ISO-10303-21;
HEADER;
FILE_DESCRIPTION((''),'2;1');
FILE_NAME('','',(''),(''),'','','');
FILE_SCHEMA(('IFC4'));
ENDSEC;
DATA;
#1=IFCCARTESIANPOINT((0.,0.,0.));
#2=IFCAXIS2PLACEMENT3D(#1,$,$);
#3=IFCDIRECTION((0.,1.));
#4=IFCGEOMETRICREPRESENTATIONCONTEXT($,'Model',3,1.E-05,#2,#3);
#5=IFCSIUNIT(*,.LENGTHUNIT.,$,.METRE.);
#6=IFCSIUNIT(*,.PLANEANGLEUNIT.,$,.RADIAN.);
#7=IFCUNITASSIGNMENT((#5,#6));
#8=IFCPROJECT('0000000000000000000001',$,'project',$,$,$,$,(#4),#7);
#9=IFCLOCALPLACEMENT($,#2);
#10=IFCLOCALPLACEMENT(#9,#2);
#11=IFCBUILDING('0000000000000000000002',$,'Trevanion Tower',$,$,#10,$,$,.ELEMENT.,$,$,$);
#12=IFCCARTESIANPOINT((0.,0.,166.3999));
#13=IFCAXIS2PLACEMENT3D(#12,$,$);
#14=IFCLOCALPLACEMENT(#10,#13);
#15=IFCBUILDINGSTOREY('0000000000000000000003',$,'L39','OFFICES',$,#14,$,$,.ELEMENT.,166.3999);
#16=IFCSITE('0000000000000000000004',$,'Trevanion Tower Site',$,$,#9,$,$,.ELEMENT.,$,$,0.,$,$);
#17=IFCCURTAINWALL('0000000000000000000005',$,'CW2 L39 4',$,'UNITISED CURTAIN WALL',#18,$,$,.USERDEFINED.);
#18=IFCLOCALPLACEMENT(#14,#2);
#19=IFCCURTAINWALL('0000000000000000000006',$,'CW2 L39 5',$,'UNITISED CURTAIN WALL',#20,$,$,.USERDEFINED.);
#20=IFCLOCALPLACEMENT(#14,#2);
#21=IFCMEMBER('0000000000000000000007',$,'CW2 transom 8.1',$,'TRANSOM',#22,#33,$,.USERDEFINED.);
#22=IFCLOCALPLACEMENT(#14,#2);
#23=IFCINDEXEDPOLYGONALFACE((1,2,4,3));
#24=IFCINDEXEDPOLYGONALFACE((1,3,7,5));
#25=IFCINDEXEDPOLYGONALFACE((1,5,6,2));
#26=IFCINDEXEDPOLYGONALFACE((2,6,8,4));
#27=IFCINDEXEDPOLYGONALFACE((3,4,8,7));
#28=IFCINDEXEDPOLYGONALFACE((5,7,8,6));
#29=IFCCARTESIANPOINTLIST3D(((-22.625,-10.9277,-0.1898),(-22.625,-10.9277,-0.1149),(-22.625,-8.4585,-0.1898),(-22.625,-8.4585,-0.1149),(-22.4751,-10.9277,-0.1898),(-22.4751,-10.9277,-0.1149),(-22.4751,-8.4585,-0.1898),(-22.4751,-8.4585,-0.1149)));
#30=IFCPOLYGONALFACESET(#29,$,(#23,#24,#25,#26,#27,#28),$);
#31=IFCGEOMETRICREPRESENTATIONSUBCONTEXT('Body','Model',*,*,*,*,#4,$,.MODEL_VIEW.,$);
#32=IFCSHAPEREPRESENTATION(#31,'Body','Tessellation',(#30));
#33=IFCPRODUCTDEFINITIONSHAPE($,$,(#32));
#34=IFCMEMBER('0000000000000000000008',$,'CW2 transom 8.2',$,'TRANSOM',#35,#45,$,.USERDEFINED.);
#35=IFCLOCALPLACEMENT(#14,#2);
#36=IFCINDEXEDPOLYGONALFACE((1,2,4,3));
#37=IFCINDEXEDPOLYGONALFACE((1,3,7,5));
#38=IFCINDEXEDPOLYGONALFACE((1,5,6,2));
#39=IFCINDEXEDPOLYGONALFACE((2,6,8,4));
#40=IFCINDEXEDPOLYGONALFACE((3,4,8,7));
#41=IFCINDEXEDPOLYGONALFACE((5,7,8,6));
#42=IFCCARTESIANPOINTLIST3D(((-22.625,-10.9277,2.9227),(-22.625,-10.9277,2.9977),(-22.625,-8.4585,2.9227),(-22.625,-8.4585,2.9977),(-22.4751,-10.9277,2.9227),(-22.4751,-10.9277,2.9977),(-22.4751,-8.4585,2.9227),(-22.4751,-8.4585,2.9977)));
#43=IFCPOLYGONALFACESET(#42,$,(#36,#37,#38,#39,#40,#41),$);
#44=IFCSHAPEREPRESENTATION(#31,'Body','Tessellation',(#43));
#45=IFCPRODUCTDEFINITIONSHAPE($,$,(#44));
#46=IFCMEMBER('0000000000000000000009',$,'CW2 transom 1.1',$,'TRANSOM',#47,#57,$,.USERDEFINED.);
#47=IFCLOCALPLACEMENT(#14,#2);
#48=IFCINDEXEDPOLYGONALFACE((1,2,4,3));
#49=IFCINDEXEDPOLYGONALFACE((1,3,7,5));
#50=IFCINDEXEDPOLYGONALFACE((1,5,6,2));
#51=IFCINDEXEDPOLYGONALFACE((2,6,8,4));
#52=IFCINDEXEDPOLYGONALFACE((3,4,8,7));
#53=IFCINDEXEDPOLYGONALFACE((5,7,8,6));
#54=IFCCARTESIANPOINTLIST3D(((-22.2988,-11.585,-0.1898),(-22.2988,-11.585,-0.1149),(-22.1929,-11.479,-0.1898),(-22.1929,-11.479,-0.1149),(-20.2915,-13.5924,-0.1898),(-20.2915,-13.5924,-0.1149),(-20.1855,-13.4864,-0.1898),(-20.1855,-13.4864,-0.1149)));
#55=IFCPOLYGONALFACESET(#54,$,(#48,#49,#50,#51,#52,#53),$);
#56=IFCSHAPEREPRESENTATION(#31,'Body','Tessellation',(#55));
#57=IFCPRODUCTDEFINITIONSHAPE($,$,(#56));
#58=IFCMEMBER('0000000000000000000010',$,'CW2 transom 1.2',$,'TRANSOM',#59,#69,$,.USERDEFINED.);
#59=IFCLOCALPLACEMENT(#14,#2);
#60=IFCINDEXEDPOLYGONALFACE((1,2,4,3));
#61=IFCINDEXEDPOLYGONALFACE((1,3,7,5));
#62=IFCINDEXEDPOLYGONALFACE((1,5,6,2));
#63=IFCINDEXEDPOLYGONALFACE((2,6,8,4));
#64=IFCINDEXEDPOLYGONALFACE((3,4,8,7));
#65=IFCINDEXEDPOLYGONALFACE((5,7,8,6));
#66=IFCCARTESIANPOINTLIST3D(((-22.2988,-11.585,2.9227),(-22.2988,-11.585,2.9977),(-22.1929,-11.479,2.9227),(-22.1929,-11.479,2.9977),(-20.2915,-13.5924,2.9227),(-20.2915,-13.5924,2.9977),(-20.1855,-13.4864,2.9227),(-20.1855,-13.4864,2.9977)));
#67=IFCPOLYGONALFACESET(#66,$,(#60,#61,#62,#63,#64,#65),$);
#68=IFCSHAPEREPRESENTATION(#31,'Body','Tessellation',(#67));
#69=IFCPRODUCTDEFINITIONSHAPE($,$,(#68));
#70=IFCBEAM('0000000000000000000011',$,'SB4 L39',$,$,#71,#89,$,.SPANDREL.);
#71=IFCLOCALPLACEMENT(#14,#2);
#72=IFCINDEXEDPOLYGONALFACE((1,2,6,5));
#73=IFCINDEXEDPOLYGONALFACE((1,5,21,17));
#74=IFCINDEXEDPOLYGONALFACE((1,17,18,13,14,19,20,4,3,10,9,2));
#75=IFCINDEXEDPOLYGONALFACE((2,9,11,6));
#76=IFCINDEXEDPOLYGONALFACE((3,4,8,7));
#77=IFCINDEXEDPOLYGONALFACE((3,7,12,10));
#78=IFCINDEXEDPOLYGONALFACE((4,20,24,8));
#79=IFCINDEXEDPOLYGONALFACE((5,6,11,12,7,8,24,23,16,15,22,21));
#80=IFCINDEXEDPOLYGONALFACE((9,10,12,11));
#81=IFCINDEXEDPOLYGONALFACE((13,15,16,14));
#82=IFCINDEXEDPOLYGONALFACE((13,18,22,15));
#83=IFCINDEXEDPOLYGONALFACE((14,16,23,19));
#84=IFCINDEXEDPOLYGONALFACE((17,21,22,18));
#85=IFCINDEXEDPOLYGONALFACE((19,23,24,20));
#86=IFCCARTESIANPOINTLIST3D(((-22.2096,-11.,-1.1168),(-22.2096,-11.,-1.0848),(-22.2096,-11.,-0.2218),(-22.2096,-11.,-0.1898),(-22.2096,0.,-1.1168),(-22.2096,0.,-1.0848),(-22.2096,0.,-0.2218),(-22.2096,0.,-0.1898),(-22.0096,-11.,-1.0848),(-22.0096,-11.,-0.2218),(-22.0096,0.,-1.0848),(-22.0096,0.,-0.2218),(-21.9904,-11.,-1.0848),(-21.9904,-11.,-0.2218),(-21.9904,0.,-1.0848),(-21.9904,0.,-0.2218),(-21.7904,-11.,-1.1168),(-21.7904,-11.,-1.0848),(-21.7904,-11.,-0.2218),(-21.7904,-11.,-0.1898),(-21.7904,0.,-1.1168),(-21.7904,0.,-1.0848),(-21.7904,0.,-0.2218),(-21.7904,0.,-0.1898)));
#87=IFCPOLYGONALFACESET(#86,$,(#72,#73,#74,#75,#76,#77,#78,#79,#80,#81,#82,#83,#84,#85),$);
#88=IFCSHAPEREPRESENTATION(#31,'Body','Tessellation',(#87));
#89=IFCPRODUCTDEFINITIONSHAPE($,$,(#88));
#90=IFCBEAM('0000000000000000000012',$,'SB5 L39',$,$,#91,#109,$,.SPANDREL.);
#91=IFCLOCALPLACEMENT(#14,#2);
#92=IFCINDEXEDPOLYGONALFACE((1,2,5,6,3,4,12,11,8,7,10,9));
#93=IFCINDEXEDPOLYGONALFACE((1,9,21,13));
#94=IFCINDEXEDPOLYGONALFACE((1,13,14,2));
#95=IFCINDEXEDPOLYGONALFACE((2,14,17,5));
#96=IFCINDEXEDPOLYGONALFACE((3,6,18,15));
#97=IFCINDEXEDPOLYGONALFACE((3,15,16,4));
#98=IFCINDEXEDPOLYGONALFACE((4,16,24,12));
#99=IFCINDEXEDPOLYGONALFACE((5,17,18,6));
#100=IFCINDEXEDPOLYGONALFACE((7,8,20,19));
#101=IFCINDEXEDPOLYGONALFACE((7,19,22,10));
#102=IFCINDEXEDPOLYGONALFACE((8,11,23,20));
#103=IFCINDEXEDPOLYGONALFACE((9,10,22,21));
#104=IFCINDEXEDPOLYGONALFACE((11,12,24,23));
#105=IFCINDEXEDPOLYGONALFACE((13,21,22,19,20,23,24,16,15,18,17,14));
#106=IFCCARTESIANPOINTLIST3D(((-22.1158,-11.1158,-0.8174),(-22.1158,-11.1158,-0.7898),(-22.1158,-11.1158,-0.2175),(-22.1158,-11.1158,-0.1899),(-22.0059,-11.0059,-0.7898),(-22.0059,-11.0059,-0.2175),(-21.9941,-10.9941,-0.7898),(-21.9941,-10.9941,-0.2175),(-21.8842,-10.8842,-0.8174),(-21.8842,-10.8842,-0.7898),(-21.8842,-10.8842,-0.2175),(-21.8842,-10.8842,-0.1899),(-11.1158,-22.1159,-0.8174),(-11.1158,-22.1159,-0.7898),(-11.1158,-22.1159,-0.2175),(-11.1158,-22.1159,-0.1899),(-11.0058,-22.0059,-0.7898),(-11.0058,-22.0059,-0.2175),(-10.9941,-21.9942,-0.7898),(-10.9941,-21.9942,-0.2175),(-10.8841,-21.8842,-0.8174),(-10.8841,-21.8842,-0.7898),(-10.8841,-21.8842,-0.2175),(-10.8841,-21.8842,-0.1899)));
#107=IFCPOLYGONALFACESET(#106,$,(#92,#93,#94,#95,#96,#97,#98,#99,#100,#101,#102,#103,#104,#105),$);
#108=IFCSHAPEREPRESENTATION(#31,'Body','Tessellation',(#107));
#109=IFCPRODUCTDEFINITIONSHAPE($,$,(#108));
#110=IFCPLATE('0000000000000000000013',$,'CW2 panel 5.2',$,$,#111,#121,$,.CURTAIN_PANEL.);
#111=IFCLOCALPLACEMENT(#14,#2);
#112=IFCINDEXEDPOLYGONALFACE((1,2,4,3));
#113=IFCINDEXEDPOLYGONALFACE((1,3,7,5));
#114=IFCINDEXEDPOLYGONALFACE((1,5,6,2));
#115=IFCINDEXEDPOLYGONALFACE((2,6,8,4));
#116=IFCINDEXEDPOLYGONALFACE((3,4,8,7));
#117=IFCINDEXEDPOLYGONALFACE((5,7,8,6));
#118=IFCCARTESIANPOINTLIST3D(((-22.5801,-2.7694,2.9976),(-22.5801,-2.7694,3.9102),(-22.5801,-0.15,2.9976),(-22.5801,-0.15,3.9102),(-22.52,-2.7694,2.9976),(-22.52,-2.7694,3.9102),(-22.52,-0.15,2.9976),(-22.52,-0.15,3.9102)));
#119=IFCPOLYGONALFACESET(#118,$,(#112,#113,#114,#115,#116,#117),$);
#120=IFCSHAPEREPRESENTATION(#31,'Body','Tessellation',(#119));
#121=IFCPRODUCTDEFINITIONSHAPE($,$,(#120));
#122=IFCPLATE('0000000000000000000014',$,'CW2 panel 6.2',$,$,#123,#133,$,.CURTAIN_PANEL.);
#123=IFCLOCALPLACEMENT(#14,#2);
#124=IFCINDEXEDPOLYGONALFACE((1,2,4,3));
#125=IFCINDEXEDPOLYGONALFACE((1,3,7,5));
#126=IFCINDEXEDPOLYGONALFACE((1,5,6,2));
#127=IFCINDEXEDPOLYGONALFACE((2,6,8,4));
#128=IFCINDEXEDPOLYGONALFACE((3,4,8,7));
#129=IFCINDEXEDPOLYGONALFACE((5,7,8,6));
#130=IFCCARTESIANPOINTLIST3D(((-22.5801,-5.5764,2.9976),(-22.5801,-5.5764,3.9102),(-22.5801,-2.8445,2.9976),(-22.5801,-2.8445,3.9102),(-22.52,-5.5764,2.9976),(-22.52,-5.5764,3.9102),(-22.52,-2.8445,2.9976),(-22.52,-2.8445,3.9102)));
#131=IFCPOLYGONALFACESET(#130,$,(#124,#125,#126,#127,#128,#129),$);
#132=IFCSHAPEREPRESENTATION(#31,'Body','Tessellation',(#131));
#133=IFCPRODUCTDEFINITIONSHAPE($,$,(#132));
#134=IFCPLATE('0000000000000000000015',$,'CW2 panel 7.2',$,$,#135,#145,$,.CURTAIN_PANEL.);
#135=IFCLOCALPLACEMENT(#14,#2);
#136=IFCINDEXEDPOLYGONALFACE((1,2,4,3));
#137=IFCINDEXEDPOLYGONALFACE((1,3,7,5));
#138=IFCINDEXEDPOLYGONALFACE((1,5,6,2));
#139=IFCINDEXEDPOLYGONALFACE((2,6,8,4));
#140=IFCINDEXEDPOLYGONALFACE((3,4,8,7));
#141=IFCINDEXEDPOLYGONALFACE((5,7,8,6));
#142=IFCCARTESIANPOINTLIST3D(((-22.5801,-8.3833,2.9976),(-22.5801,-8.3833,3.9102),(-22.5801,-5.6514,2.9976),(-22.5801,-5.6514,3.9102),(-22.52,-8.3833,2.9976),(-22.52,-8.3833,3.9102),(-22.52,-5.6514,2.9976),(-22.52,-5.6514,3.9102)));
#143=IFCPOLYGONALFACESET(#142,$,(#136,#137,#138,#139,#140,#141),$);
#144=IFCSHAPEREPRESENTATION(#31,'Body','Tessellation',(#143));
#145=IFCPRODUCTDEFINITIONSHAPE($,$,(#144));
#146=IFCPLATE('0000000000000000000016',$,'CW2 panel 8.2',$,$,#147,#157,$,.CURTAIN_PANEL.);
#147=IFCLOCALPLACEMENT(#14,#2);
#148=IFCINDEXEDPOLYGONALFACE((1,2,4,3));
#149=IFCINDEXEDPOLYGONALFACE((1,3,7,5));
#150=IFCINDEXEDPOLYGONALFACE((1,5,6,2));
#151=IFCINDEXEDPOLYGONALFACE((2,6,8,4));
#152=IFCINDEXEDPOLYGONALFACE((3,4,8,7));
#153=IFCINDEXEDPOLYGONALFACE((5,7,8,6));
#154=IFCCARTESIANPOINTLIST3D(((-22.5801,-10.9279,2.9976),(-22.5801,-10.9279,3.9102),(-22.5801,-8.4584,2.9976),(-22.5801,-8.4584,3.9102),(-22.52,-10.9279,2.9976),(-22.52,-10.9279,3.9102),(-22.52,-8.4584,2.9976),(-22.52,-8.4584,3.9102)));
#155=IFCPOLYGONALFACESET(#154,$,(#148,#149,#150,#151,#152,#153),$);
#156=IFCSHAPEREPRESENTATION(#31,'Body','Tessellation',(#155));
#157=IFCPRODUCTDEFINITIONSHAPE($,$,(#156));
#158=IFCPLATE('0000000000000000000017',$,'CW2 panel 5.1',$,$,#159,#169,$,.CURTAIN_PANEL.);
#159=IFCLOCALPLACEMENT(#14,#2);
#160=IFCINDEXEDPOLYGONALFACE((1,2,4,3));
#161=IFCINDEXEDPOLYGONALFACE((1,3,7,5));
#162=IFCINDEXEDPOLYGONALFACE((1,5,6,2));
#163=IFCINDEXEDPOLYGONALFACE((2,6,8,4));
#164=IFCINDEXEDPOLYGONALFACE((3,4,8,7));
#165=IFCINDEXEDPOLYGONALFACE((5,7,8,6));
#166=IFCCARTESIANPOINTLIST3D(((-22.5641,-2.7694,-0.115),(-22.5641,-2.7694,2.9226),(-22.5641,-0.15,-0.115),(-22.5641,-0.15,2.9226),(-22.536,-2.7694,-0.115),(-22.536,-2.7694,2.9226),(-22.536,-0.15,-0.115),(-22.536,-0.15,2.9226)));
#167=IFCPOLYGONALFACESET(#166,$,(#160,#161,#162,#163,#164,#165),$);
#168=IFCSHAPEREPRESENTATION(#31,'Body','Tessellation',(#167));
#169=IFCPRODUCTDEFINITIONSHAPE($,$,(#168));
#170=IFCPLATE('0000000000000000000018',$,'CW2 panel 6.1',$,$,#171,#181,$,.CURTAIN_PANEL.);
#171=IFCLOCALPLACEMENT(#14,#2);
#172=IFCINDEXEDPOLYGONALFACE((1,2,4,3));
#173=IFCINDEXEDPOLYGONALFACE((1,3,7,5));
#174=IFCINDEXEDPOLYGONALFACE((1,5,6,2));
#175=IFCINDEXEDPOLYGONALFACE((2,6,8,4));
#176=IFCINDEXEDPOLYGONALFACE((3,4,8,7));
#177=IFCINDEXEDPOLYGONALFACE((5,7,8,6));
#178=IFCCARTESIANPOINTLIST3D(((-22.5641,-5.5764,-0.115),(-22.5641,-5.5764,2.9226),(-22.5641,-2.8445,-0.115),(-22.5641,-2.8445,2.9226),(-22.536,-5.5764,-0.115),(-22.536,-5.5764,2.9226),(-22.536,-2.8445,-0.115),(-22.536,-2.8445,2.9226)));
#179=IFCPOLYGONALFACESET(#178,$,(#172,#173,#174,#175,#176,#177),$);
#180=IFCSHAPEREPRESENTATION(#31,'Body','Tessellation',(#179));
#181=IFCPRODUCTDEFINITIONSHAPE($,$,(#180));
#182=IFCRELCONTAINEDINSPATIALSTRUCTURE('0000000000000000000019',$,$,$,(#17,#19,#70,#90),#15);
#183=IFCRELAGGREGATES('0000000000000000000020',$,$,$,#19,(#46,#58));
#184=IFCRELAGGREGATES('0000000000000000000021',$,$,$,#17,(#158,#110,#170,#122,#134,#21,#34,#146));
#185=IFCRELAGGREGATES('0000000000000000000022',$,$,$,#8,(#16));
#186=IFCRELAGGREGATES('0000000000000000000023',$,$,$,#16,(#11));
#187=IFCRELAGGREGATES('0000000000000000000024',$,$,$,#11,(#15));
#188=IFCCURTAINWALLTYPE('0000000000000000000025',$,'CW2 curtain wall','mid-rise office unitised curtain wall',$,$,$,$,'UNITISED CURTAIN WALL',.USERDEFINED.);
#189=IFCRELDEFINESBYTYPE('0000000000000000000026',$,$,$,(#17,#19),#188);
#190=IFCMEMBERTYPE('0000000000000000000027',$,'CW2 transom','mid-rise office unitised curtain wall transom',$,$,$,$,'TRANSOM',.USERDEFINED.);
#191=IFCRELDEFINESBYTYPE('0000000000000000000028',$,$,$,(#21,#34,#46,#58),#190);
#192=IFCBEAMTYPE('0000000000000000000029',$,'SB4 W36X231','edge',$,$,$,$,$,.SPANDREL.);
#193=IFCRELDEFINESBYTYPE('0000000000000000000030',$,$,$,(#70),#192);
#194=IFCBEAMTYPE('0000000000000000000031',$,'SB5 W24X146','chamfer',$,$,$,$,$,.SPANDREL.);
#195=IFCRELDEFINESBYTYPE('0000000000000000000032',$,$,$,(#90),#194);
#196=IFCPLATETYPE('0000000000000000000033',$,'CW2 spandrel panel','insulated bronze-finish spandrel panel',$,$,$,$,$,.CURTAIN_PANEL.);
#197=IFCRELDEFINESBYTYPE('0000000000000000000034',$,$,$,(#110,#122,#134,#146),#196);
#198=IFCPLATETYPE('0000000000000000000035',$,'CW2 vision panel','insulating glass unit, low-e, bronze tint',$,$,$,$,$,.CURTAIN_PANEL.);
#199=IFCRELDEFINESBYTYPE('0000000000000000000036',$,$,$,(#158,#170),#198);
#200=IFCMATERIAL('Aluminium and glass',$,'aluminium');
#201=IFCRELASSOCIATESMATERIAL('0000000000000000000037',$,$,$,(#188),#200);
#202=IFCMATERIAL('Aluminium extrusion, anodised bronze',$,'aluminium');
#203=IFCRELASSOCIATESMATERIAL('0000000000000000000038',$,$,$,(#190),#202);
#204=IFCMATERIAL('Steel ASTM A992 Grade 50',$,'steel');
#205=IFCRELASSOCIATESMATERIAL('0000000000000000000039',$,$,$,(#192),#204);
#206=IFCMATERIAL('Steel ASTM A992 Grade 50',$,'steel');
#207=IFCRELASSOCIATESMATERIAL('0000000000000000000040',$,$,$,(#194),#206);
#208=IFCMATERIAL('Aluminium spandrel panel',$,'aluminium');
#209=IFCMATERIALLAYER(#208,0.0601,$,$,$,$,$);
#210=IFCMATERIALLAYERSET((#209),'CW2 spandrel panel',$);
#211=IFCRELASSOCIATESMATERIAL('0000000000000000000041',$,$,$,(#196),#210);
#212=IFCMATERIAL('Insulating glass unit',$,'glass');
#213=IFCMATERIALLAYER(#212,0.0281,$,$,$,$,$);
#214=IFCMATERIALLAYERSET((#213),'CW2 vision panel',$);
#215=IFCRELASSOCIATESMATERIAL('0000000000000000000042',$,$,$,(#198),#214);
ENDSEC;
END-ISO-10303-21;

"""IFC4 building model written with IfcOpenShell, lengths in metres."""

from ifc_helpers import new_model, si_unit, direction, frame, origin, origin_2d, place, context, subcontext, project, spatial, rectangle, i_section, extrude, material, layer, layer_set, material_profile, profile_set, type_object, element, aggregate, save


model = new_model("IFC4")

# Units and contexts
model_context = context("Model", 3, precision=1e-05, world=origin(), true_north=direction((0.0, 1.0)))
body_context = subcontext(model_context, "Body", "Model", "MODEL_VIEW")
ifc_project = project(units=[si_unit("LENGTHUNIT", "METRE"), si_unit("PLANEANGLEUNIT", "RADIAN")], contexts=[model_context])

# Site, building, storey
site_placement = place(None, origin())
site = spatial("IfcSite", under=ifc_project, at=site_placement, Name="Trevanion Tower Site", CompositionType="ELEMENT", RefElevation=0.0)
building_placement = place(site_placement, origin())
building = spatial("IfcBuilding", under=site, at=building_placement, Name="Trevanion Tower", CompositionType="ELEMENT")
storey_placement = place(building_placement, frame((0.0, 0.0, 166.3999)))
storey = spatial("IfcBuildingStorey", under=building, at=storey_placement, Name="L39", Description="OFFICES", CompositionType="ELEMENT", Elevation=166.3999)

# Curtain wall
ifc_material_1 = material(Name="Aluminium and glass", Category="aluminium")
curtain_wall_type = type_object("IfcCurtainWallType", Name="CW2 curtain wall", Description="mid-rise office unitised curtain wall", ElementType="UNITISED CURTAIN WALL", PredefinedType="USERDEFINED", material=ifc_material_1)
curtain_wall_1_placement = place(storey_placement, origin())
curtain_wall_1 = element("IfcCurtainWall", 1, at=curtain_wall_1_placement, inside=storey, type_object=curtain_wall_type, Name="CW2 L39 4", ObjectType="UNITISED CURTAIN WALL", PredefinedType="USERDEFINED")

# Curtain wall
curtain_wall_2_placement = place(storey_placement, origin())
curtain_wall_2 = element("IfcCurtainWall", 2, at=curtain_wall_2_placement, inside=storey, type_object=curtain_wall_type, Name="CW2 L39 5", ObjectType="UNITISED CURTAIN WALL", PredefinedType="USERDEFINED")

# Members
ifc_material_2 = material(Name="Aluminium extrusion, anodised bronze", Category="aluminium")
ifc_material_profile_1 = material_profile(ifc_material_2, rectangle(XDim=0.1499, YDim=0.075, at=origin_2d()), Name="CW2 transom")
ifc_profile_set_1 = profile_set([ifc_material_profile_1], Name="Aluminium extrusion, anodised bronze")
member_type_1 = type_object("IfcMemberType", Name="CW2 transom", Description="mid-rise office unitised curtain wall transom", ElementType="TRANSOM", PredefinedType="USERDEFINED", material=ifc_profile_set_1)
member_1_placement = place(storey_placement, frame((-22.55, -8.4585, -0.1523), z_axis=(0.0, -1.0, 0.0), x_axis=(1.0, 0.0, 0.0)))
member_1 = element("IfcMember", 3, at=member_1_placement, type_object=member_type_1, Name="CW2 transom 8.1", ObjectType="TRANSOM", PredefinedType="USERDEFINED", context=body_context, shape_type="SweptSolid", body=[
    extrude(rectangle(XDim=0.1499, YDim=0.075, at=origin_2d()), origin(), (0.0, 0.0, 1.0), 2.4692),
])
member_2_placement = place(storey_placement, frame((-22.55, -8.4585, 2.9602), z_axis=(0.0, -1.0, 0.0), x_axis=(1.0, 0.0, 0.0)))
member_2 = element("IfcMember", 4, at=member_2_placement, type_object=member_type_1, Name="CW2 transom 8.2", ObjectType="TRANSOM", PredefinedType="USERDEFINED", context=body_context, shape_type="SweptSolid", body=[
    extrude(rectangle(XDim=0.1499, YDim=0.075, at=origin_2d()), origin(), (0.0, 0.0, 1.0), 2.4692),
])
member_3_placement = place(storey_placement, frame((-22.2458, -11.532, -0.1523), z_axis=(0.707107, -0.707107, 0.0), x_axis=(0.707107, 0.707107, 0.0)))
member_3 = element("IfcMember", 5, at=member_3_placement, type_object=member_type_1, Name="CW2 transom 1.1", ObjectType="TRANSOM", PredefinedType="USERDEFINED", context=body_context, shape_type="SweptSolid", body=[
    extrude(rectangle(XDim=0.1499, YDim=0.075, at=origin_2d()), origin(), (0.0, 0.0, 1.0), 2.8389),
])
member_4_placement = place(storey_placement, frame((-22.2458, -11.532, 2.9602), z_axis=(0.707107, -0.707107, 0.0), x_axis=(0.707107, 0.707107, 0.0)))
member_4 = element("IfcMember", 6, at=member_4_placement, type_object=member_type_1, Name="CW2 transom 1.2", ObjectType="TRANSOM", PredefinedType="USERDEFINED", context=body_context, shape_type="SweptSolid", body=[
    extrude(rectangle(XDim=0.1499, YDim=0.075, at=origin_2d()), origin(), (0.0, 0.0, 1.0), 2.8389),
])
aggregate(curtain_wall_2, [member_3, member_4])

# Beams
ifc_material_3 = material(Name="Steel ASTM A992 Grade 50", Category="steel")
ifc_material_profile_2 = material_profile(ifc_material_3, i_section(OverallWidth=0.4192, OverallDepth=0.927, WebThickness=0.0193, FlangeThickness=0.032, at=origin_2d()), Name="W36X231")
ifc_profile_set_2 = profile_set([ifc_material_profile_2], Name="Steel ASTM A992 Grade 50")
beam_type_1 = type_object("IfcBeamType", Name="SB4 W36X231", Description="edge", PredefinedType="SPANDREL", material=ifc_profile_set_2)
beam_1_placement = place(storey_placement, frame((-22.0, 0.0, -0.6533), z_axis=(0.0, -1.0, 0.0), x_axis=(1.0, 0.0, 0.0)))
element("IfcBeam", 7, at=beam_1_placement, inside=storey, type_object=beam_type_1, Name="SB4 L39", PredefinedType="SPANDREL", context=body_context, shape_type="SweptSolid", body=[
    extrude(i_section(OverallWidth=0.4192, OverallDepth=0.927, WebThickness=0.0193, FlangeThickness=0.032, at=origin_2d()), origin(), (0.0, 0.0, 1.0), 11.0),
])
ifc_material_4 = material(Name="Steel ASTM A992 Grade 50", Category="steel")
ifc_material_profile_3 = material_profile(ifc_material_4, i_section(OverallWidth=0.3276, OverallDepth=0.6274, WebThickness=0.0166, FlangeThickness=0.0276, at=origin_2d()), Name="W24X146")
ifc_profile_set_3 = profile_set([ifc_material_profile_3], Name="Steel ASTM A992 Grade 50")
beam_type_2 = type_object("IfcBeamType", Name="SB5 W24X146", Description="chamfer", PredefinedType="SPANDREL", material=ifc_profile_set_3)
beam_2_placement = place(storey_placement, frame((-22.0, -11.0, -0.5037), z_axis=(0.707107, -0.707107, 0.0), x_axis=(0.707107, 0.707107, 0.0)))
element("IfcBeam", 8, at=beam_2_placement, inside=storey, type_object=beam_type_2, Name="SB5 L39", PredefinedType="SPANDREL", context=body_context, shape_type="SweptSolid", body=[
    extrude(i_section(OverallWidth=0.3276, OverallDepth=0.6274, WebThickness=0.0166, FlangeThickness=0.0276, at=origin_2d()), origin(), (0.0, 0.0, 1.0), 15.5564),
])

# Plates
ifc_material_5 = material(Name="Aluminium spandrel panel", Category="aluminium")
ifc_layer_1 = layer(ifc_material_5, 0.0601)
ifc_layer_set_1 = layer_set([ifc_layer_1], Name="CW2 spandrel panel")
plate_type_1 = type_object("IfcPlateType", Name="CW2 spandrel panel", Description="insulated bronze-finish spandrel panel", PredefinedType="CURTAIN_PANEL", material=ifc_layer_set_1)
plate_1_placement = place(storey_placement, frame((-22.55, -1.4597, 2.9976), z_axis=(0.0, 0.0, 1.0), x_axis=(0.0, -1.0, 0.0)))
plate_1 = element("IfcPlate", 9, at=plate_1_placement, type_object=plate_type_1, Name="CW2 panel 5.2", PredefinedType="CURTAIN_PANEL", context=body_context, shape_type="SweptSolid", body=[
    extrude(rectangle(XDim=2.6194, YDim=0.0601, at=origin_2d()), origin(), (0.0, 0.0, 1.0), 0.9126),
])
plate_2_placement = place(storey_placement, frame((-22.55, -4.2104, 2.9976), z_axis=(0.0, 0.0, 1.0), x_axis=(0.0, -1.0, 0.0)))
plate_2 = element("IfcPlate", 10, at=plate_2_placement, type_object=plate_type_1, Name="CW2 panel 6.2", PredefinedType="CURTAIN_PANEL", context=body_context, shape_type="SweptSolid", body=[
    extrude(rectangle(XDim=2.7319, YDim=0.0601, at=origin_2d()), origin(), (0.0, 0.0, 1.0), 0.9126),
])
plate_3_placement = place(storey_placement, frame((-22.55, -7.0173, 2.9976), z_axis=(0.0, 0.0, 1.0), x_axis=(0.0, -1.0, 0.0)))
plate_3 = element("IfcPlate", 11, at=plate_3_placement, type_object=plate_type_1, Name="CW2 panel 7.2", PredefinedType="CURTAIN_PANEL", context=body_context, shape_type="SweptSolid", body=[
    extrude(rectangle(XDim=2.7319, YDim=0.0601, at=origin_2d()), origin(), (0.0, 0.0, 1.0), 0.9126),
])
plate_4_placement = place(storey_placement, frame((-22.55, -9.6931, 2.9976), z_axis=(0.0, 0.0, 1.0), x_axis=(0.0, -1.0, 0.0)))
plate_4 = element("IfcPlate", 12, at=plate_4_placement, type_object=plate_type_1, Name="CW2 panel 8.2", PredefinedType="CURTAIN_PANEL", context=body_context, shape_type="SweptSolid", body=[
    extrude(rectangle(XDim=2.4695, YDim=0.0601, at=origin_2d()), origin(), (0.0, 0.0, 1.0), 0.9126),
])
ifc_material_6 = material(Name="Insulating glass unit", Category="glass")
ifc_layer_2 = layer(ifc_material_6, 0.0281)
ifc_layer_set_2 = layer_set([ifc_layer_2], Name="CW2 vision panel")
plate_type_2 = type_object("IfcPlateType", Name="CW2 vision panel", Description="insulating glass unit, low-e, bronze tint", PredefinedType="CURTAIN_PANEL", material=ifc_layer_set_2)
plate_5_placement = place(storey_placement, frame((-22.55, -1.4597, -0.115), z_axis=(0.0, 0.0, 1.0), x_axis=(0.0, -1.0, 0.0)))
plate_5 = element("IfcPlate", 13, at=plate_5_placement, type_object=plate_type_2, Name="CW2 panel 5.1", PredefinedType="CURTAIN_PANEL", context=body_context, shape_type="SweptSolid", body=[
    extrude(rectangle(XDim=2.6194, YDim=0.0281, at=origin_2d()), origin(), (0.0, 0.0, 1.0), 3.0376),
])
plate_6_placement = place(storey_placement, frame((-22.55, -4.2104, -0.115), z_axis=(0.0, 0.0, 1.0), x_axis=(0.0, -1.0, 0.0)))
plate_6 = element("IfcPlate", 14, at=plate_6_placement, type_object=plate_type_2, Name="CW2 panel 6.1", PredefinedType="CURTAIN_PANEL", context=body_context, shape_type="SweptSolid", body=[
    extrude(rectangle(XDim=2.7319, YDim=0.0281, at=origin_2d()), origin(), (0.0, 0.0, 1.0), 3.0376),
])
aggregate(curtain_wall_1, [plate_5, plate_1, plate_6, plate_2, plate_3, member_1, member_2, plate_4])

save(model, "model.ifc")
